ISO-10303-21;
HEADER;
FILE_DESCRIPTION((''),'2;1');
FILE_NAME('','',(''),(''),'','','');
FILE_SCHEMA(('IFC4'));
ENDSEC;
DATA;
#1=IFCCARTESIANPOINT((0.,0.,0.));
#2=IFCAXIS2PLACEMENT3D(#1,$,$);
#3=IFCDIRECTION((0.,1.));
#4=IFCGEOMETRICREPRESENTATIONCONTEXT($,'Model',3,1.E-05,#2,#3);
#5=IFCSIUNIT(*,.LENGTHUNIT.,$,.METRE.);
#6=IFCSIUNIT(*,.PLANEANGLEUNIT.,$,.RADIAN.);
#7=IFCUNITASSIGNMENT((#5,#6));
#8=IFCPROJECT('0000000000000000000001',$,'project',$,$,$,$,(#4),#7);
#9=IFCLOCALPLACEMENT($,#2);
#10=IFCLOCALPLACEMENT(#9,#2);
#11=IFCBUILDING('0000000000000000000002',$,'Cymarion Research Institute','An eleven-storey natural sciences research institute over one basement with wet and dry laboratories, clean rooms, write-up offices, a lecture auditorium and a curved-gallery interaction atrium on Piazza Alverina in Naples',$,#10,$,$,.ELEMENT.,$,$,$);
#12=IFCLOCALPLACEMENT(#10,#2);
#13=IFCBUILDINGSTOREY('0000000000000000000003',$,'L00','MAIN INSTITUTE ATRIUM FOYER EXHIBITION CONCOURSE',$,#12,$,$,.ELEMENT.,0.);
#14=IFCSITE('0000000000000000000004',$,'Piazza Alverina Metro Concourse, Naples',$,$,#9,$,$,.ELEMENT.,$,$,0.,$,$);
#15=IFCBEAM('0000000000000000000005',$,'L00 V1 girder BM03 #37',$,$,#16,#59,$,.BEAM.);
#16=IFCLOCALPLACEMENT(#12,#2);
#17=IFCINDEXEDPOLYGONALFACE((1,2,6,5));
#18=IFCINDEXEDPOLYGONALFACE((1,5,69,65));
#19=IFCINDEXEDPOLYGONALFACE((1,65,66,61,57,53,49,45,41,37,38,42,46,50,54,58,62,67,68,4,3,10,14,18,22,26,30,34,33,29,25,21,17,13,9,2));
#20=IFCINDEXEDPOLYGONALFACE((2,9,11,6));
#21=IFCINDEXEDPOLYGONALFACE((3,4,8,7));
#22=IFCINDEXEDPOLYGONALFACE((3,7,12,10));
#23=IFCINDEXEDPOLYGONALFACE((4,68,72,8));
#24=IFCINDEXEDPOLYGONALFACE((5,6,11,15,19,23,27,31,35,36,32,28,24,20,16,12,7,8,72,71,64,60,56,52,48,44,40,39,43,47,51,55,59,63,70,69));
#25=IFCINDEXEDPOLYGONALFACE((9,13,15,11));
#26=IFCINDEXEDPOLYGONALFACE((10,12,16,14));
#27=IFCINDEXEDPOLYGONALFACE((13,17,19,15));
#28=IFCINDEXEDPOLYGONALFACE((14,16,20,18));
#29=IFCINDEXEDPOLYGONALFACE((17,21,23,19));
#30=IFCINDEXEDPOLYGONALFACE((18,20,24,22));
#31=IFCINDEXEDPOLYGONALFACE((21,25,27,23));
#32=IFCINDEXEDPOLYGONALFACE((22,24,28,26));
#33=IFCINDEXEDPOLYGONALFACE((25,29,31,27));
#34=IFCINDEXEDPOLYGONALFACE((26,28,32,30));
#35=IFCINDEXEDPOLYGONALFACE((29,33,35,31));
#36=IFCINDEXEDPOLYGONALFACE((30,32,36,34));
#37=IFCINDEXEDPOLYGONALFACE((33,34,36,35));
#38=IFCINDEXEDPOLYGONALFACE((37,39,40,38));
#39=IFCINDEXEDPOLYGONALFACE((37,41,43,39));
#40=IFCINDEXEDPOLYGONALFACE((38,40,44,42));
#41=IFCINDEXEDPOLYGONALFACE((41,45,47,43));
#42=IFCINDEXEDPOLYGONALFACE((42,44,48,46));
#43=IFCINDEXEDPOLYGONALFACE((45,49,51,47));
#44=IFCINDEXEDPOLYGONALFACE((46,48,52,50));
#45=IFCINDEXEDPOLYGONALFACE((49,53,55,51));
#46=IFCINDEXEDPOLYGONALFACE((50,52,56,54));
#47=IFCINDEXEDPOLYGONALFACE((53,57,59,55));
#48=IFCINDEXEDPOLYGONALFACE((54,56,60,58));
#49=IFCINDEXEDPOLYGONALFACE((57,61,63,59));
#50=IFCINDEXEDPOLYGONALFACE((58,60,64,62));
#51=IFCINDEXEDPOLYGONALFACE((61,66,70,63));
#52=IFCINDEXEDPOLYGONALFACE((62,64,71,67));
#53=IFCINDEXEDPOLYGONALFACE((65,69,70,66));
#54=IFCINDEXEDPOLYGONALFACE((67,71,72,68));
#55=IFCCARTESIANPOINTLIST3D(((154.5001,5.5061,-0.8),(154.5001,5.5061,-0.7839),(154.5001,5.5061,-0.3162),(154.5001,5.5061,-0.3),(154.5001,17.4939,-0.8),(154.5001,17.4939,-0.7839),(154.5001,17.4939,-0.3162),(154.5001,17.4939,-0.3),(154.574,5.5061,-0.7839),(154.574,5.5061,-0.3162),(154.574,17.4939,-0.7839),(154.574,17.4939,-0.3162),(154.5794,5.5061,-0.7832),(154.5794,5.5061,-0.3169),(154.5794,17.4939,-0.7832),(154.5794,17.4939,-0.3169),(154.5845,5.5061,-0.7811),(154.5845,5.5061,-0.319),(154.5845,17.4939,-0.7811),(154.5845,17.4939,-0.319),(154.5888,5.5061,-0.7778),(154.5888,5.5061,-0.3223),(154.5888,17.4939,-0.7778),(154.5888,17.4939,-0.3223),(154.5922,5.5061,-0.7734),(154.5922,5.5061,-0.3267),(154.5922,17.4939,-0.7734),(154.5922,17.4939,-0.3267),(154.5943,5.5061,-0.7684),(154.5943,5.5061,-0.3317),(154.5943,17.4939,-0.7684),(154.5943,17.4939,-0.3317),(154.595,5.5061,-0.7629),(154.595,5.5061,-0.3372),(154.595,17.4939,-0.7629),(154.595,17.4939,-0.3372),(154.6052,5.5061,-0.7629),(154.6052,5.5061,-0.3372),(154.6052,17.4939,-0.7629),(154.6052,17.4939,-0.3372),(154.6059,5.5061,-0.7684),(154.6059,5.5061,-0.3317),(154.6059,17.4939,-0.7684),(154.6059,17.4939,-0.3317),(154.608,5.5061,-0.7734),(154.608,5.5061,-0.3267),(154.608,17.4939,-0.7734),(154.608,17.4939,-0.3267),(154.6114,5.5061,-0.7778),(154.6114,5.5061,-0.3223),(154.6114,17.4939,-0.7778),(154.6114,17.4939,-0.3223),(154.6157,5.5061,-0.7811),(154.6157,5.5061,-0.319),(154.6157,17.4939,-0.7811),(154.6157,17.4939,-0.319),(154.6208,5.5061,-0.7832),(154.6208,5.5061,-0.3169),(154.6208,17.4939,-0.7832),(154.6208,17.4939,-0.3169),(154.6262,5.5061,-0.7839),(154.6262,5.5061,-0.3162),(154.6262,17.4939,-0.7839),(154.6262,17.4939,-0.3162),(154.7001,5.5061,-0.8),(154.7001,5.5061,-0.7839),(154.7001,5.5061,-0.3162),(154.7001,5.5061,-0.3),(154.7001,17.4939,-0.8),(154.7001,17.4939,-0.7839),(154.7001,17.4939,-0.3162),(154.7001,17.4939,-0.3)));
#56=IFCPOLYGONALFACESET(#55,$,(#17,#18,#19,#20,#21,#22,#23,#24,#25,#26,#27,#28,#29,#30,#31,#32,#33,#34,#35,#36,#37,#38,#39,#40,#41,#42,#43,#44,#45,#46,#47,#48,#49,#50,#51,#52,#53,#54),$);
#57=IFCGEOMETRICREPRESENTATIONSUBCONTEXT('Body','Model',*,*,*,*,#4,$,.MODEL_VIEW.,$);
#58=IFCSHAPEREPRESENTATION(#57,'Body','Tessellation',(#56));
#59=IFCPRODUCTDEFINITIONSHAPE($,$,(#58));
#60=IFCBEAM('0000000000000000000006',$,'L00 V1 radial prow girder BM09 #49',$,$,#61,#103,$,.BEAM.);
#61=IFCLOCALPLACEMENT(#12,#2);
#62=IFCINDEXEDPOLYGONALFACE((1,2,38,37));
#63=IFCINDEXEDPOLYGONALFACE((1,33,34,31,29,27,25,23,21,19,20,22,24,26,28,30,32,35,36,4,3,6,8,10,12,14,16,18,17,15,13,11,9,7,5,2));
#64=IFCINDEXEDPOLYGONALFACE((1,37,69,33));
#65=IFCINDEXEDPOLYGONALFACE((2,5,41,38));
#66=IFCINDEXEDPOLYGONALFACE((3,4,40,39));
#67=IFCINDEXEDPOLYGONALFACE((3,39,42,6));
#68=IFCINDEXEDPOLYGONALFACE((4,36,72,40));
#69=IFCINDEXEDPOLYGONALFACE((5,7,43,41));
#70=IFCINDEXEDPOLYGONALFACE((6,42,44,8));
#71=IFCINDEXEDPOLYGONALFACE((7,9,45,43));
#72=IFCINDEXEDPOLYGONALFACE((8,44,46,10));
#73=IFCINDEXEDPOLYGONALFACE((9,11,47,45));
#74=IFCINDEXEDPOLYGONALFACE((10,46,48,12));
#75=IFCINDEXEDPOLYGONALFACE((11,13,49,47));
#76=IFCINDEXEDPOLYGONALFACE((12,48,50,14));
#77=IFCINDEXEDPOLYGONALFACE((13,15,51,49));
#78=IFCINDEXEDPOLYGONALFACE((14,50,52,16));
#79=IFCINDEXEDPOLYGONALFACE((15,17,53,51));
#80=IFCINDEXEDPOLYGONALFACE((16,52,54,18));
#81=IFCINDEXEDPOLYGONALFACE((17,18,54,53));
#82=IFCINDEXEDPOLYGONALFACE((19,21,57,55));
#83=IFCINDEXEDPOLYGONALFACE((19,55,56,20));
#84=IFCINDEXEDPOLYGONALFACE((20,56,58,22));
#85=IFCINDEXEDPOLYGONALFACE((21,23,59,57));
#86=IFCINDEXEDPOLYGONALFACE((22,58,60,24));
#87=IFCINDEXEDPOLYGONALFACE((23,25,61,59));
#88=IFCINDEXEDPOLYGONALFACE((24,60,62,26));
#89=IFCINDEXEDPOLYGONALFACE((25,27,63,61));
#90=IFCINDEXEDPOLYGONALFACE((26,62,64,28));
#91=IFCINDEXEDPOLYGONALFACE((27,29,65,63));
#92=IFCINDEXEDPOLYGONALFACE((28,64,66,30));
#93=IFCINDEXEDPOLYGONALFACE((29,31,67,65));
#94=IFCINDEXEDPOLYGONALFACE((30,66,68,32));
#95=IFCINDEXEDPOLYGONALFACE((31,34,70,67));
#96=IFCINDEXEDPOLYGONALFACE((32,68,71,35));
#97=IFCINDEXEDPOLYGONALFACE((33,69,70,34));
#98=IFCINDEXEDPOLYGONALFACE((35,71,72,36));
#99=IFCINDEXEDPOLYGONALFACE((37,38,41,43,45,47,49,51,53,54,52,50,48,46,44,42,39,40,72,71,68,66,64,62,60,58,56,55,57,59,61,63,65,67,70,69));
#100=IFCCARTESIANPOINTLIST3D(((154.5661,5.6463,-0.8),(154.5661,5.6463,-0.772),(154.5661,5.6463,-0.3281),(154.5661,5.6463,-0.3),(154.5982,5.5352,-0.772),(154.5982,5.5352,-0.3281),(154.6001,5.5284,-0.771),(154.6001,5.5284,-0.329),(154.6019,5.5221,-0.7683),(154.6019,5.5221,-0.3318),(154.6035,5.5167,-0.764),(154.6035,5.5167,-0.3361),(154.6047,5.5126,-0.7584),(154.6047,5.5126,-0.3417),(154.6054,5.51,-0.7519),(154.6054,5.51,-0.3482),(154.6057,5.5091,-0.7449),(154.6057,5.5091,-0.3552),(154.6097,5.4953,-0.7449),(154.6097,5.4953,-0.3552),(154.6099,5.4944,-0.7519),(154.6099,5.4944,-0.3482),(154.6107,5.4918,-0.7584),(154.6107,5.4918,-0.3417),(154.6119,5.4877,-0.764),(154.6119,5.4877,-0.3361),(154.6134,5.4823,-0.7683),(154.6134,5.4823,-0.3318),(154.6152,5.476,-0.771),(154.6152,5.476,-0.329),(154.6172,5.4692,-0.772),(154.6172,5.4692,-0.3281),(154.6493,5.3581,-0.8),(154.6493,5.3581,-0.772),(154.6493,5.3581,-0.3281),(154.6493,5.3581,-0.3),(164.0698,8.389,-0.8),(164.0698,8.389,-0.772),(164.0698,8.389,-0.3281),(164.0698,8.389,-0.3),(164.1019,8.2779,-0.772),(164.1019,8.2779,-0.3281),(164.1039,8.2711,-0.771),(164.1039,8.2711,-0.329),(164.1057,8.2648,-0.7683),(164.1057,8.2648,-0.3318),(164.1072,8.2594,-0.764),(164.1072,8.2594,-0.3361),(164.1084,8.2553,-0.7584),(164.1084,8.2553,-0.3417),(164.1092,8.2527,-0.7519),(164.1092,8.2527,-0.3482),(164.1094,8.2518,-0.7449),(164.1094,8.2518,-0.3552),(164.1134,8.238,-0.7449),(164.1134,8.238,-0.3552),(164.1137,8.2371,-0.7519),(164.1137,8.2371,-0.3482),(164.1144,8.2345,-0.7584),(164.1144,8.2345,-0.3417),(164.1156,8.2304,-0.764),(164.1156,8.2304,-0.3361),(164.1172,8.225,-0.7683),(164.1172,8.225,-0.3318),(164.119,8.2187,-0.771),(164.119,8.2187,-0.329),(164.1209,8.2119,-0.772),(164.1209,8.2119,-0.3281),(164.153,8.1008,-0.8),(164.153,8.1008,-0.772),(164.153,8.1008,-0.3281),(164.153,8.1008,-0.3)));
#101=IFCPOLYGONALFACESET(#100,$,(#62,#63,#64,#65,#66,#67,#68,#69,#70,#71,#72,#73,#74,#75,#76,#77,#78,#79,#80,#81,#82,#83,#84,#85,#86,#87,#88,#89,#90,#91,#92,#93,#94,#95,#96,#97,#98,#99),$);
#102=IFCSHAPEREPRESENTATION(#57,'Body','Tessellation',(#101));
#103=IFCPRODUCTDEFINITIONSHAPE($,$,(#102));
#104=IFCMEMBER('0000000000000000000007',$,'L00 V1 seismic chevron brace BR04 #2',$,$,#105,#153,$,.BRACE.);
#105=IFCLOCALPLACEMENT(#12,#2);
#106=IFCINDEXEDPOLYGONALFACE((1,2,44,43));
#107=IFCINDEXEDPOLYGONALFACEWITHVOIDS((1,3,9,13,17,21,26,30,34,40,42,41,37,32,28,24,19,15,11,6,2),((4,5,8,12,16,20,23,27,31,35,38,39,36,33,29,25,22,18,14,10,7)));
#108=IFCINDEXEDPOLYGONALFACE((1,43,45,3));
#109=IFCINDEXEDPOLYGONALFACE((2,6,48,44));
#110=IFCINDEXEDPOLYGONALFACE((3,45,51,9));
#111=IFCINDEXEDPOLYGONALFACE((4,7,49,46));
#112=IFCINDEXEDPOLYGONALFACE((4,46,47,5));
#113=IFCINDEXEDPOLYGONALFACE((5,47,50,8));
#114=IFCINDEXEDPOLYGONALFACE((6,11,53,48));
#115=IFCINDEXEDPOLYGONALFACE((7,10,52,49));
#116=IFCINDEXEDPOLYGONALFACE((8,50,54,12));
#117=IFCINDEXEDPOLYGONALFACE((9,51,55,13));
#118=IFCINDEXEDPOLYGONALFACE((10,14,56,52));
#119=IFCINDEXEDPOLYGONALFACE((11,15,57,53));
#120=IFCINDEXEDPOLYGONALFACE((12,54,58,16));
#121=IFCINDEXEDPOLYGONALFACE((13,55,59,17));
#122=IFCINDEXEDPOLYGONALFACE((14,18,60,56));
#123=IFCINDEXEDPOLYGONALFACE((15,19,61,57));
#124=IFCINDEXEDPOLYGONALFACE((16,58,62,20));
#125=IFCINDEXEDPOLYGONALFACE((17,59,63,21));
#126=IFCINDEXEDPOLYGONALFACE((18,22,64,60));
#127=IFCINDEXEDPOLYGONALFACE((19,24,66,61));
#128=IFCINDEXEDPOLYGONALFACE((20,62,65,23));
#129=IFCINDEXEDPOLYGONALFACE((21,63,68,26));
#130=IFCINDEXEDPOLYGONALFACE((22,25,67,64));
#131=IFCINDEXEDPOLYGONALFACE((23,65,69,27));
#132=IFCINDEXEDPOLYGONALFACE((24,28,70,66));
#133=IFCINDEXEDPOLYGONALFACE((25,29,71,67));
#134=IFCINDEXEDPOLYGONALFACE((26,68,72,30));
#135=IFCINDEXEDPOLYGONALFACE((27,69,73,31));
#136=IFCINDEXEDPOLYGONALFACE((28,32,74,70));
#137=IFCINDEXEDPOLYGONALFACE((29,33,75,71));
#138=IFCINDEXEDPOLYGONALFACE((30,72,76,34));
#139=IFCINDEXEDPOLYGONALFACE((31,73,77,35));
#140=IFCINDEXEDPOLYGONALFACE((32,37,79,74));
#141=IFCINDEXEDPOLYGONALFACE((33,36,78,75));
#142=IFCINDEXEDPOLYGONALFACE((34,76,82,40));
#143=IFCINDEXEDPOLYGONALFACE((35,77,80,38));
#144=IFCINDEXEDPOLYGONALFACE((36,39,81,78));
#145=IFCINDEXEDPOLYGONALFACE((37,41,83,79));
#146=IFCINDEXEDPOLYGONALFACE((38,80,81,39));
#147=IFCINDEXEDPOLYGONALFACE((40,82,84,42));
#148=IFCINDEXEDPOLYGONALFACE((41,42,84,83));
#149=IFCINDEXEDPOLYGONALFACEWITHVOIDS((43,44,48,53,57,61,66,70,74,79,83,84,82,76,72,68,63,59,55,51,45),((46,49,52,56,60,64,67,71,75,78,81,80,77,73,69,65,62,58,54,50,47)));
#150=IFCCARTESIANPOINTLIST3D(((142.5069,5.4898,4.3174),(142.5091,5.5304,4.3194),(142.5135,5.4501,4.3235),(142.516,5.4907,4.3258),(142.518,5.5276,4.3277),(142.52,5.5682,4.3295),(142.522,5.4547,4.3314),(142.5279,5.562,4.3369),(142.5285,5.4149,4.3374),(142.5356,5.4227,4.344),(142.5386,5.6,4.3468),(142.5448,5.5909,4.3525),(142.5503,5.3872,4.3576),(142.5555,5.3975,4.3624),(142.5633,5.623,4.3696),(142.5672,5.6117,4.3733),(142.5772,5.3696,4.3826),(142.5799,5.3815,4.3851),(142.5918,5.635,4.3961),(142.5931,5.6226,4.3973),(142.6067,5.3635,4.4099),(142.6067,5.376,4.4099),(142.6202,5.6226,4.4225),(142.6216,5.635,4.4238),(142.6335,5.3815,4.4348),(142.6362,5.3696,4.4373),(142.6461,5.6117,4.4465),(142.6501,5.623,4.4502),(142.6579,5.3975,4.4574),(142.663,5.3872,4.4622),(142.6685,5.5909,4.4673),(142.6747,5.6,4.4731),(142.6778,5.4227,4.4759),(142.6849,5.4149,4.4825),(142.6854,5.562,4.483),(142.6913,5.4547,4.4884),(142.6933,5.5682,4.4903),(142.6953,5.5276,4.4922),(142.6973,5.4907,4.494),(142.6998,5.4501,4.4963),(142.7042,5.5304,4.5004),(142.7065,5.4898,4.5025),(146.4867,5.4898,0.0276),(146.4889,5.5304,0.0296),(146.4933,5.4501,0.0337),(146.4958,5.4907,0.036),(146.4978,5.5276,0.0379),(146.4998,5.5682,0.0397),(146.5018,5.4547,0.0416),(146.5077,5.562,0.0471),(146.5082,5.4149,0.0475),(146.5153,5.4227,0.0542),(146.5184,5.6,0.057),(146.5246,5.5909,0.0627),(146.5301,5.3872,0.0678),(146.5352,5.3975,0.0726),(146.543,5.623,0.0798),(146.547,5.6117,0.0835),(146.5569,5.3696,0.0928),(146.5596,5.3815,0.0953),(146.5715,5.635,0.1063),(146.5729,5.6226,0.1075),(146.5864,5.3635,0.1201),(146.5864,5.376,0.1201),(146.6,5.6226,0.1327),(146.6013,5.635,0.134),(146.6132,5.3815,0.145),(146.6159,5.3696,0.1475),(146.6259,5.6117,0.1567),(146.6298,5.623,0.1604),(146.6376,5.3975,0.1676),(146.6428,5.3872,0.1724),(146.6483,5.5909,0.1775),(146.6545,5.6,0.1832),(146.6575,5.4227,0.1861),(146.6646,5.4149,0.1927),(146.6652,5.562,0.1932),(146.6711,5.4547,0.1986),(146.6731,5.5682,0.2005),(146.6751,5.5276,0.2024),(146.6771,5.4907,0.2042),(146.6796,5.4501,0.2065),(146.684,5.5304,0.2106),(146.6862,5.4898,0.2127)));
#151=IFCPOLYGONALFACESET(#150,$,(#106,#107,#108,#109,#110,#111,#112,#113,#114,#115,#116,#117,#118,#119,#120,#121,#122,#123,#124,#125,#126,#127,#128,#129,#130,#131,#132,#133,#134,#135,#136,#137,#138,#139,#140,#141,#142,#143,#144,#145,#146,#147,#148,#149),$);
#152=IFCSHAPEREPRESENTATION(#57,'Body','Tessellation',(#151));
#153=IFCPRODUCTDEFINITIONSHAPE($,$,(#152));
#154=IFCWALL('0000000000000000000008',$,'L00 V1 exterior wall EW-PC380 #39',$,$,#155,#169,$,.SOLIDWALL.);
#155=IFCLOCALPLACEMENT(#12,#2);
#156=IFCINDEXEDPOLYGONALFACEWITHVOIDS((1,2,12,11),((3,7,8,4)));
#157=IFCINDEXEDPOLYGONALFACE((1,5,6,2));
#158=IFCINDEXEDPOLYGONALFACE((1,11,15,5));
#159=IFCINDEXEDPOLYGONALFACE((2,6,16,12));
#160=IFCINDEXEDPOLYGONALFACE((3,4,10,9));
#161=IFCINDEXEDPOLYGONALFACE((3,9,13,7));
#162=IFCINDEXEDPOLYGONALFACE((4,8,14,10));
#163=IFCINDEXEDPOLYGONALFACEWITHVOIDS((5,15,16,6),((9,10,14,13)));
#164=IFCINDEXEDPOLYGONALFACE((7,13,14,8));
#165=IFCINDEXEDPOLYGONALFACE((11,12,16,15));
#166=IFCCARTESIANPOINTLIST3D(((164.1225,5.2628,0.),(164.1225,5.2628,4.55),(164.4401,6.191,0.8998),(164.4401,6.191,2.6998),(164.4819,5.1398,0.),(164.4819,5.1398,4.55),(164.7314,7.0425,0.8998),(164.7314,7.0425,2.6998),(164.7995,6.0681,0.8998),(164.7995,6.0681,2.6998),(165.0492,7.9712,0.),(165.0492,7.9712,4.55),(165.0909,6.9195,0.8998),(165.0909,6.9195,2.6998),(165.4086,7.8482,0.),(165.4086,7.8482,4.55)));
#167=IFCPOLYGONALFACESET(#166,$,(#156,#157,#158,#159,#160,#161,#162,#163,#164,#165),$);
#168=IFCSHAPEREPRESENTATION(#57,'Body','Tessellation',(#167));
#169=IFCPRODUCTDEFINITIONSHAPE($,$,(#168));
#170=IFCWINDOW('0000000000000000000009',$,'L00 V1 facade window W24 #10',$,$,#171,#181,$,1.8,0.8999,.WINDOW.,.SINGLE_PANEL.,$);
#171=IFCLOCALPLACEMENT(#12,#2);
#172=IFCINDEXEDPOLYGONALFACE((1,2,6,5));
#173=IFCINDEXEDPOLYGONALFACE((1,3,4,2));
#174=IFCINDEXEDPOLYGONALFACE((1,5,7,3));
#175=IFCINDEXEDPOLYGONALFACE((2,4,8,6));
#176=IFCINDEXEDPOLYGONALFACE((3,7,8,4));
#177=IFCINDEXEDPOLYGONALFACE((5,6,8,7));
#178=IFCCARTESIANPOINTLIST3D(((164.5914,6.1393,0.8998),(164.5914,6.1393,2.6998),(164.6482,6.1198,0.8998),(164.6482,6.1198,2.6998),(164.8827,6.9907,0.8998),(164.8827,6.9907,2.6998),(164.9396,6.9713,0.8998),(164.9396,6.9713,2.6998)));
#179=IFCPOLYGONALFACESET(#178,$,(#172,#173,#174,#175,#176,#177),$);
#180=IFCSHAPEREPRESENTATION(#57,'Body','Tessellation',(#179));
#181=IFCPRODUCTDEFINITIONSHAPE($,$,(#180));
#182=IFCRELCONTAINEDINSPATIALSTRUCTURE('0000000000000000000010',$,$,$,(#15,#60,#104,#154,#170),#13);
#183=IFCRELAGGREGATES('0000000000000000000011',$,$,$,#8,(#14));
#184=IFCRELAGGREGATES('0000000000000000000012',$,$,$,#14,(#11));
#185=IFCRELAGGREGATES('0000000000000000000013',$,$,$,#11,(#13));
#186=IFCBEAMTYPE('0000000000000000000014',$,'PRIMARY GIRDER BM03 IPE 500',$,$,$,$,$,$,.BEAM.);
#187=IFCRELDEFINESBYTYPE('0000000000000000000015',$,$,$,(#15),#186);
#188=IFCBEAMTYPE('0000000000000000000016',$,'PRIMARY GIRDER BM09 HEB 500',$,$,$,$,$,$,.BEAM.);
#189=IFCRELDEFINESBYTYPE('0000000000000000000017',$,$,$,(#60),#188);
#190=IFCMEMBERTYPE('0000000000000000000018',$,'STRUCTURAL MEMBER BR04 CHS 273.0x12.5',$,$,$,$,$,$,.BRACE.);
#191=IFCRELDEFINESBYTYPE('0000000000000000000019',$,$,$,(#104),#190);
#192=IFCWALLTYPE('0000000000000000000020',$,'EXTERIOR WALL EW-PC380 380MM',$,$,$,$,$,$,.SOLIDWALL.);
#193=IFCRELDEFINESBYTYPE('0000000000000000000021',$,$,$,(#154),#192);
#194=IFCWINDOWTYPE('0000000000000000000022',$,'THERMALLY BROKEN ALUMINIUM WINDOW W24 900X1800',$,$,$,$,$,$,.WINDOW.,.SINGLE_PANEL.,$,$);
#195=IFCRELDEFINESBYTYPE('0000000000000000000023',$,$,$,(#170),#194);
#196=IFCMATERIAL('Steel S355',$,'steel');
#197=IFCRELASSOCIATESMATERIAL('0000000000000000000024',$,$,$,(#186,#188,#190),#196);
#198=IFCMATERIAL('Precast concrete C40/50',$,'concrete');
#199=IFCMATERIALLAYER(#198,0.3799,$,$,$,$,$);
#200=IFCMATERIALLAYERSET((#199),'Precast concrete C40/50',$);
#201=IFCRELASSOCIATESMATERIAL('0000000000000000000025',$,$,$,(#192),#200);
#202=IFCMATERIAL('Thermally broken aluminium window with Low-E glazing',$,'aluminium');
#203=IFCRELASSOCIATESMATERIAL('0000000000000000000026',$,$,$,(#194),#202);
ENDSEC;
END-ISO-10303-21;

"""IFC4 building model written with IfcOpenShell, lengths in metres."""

from ifc_helpers import new_model, si_unit, direction, frame, frame_2d, origin, origin_2d, place, context, subcontext, project, spatial, rectangle, hollow_circle, i_section, extrude, material, layer, layer_set, material_profile, profile_set, type_object, element, fill, save


model = new_model("IFC4")

# Units and contexts
model_context = context("Model", 3, precision=1e-05, world=origin(), true_north=direction((0.0, 1.0)))
body_context = subcontext(model_context, "Body", "Model", "MODEL_VIEW")
ifc_project = project(units=[si_unit("LENGTHUNIT", "METRE"), si_unit("PLANEANGLEUNIT", "RADIAN")], contexts=[model_context])

# Site, building, storey
site_placement = place(None, origin())
site = spatial("IfcSite", under=ifc_project, at=site_placement, Name="Piazza Alverina Metro Concourse, Naples", CompositionType="ELEMENT", RefElevation=0.0)
building_placement = place(site_placement, origin())
building = spatial("IfcBuilding", under=site, at=building_placement, Name="Cymarion Research Institute", Description="An eleven-storey natural sciences research institute over one basement with wet and dry laboratories, clean rooms, write-up offices, a lecture auditorium and a curved-gallery interaction atrium on Piazza Alverina in Naples", CompositionType="ELEMENT")
storey_placement = place(building_placement, origin())
storey = spatial("IfcBuildingStorey", under=building, at=storey_placement, Name="L00", Description="MAIN INSTITUTE ATRIUM FOYER EXHIBITION CONCOURSE", CompositionType="ELEMENT", Elevation=0.0)

# Shared definitions
ifc_material_1 = material(Name="Steel S355", Category="steel")

# Beams
ifc_material_profile_1 = material_profile(ifc_material_1, i_section(OverallWidth=0.2, OverallDepth=0.5, WebThickness=0.0103, FlangeThickness=0.0161, FilletRadius=0.021, at=origin_2d()), Name="IPE 500")
ifc_profile_set_1 = profile_set([ifc_material_profile_1], Name="Steel S355")
beam_type_1 = type_object("IfcBeamType", Name="PRIMARY GIRDER BM03 IPE 500", PredefinedType="BEAM", material=ifc_profile_set_1)
for number, where, z_axis, x_axis, name in (
    (1, (154.6001, 5.5061, -0.55), (0.0, 1.0, 0.0), (-1.0, 0.0, 0.0), "L00 V1 girder BM03 #37"),
):
    element("IfcBeam", number, at=place(storey_placement, frame(where, z_axis=z_axis, x_axis=x_axis)), inside=storey, type_object=beam_type_1, Name=name, PredefinedType="BEAM", context=body_context, shape_type="SweptSolid", body=[
        extrude(i_section(OverallWidth=0.2, OverallDepth=0.5, WebThickness=0.0103, FlangeThickness=0.0161, FilletRadius=0.021, at=origin_2d()), origin(), (0.0, 0.0, 1.0), 11.9878),
    ])
ifc_material_profile_2 = material_profile(ifc_material_1, i_section(OverallWidth=0.3, OverallDepth=0.5, WebThickness=0.0144, FlangeThickness=0.0281, FilletRadius=0.0271, at=origin_2d()), Name="HEB 500")
ifc_profile_set_2 = profile_set([ifc_material_profile_2], Name="Steel S355")
beam_type_2 = type_object("IfcBeamType", Name="PRIMARY GIRDER BM09 HEB 500", PredefinedType="BEAM", material=ifc_profile_set_2)
beam_1_placement = place(storey_placement, frame((154.6077, 5.5022, -0.55), z_axis=(0.96079, 0.277276, 0.0), x_axis=(-0.277276, 0.96079, 0.0)))
element("IfcBeam", 2, at=beam_1_placement, inside=storey, type_object=beam_type_2, Name="L00 V1 radial prow girder BM09 #49", PredefinedType="BEAM", context=body_context, shape_type="SweptSolid", body=[
    extrude(i_section(OverallWidth=0.3, OverallDepth=0.5, WebThickness=0.0144, FlangeThickness=0.0281, FilletRadius=0.0271, at=origin_2d()), origin(), (0.0, 0.0, 1.0), 9.8916),
])

# Member
ifc_material_profile_3 = material_profile(ifc_material_1, hollow_circle(Radius=0.1365, WallThickness=0.0125, at=origin_2d()), Name="CHS 273.0x12.5")
ifc_profile_set_3 = profile_set([ifc_material_profile_3], Name="Steel S355")
member_type = type_object("IfcMemberType", Name="STRUCTURAL MEMBER BR04 CHS 273.0x12.5", PredefinedType="BRACE", material=ifc_profile_set_3)
member_placement = place(storey_placement, frame((146.5864, 5.5, 0.1201), z_axis=(-0.680117, 0.0, 0.733104), x_axis=(0.0, -1.0, 0.0)))
element("IfcMember", 3, at=member_placement, inside=storey, type_object=member_type, Name="L00 V1 seismic chevron brace BR04 #2", PredefinedType="BRACE", context=body_context, shape_type="SweptSolid", body=[
    extrude(hollow_circle(Radius=0.1365, WallThickness=0.0125, at=origin_2d()), origin(), (0.0, 0.0, 1.0), 5.8516),
])

# Wall, opening, window
ifc_material_2 = material(Name="Precast concrete C40/50", Category="concrete")
ifc_layer_1 = layer(ifc_material_2, 0.3799)
ifc_layer_set_1 = layer_set([ifc_layer_1], Name="Precast concrete C40/50")
wall_type_1 = type_object("IfcWallType", Name="EXTERIOR WALL EW-PC380 380MM", PredefinedType="SOLIDWALL", material=ifc_layer_set_1)
wall_1_placement = place(storey_placement, frame((164.3022, 5.2014, 0.0), z_axis=(0.0, 0.0, 1.0), x_axis=(0.32374, 0.946146, 0.0)))
wall_1 = element("IfcWall", 4, at=wall_1_placement, inside=storey, type_object=wall_type_1, Name="L00 V1 exterior wall EW-PC380 #39", PredefinedType="SOLIDWALL", context=body_context, shape_type="SweptSolid", body=[
    extrude(rectangle(XDim=2.8625, YDim=0.3799, at=frame_2d((1.4312, 0.0))), origin(), (0.0, 0.0, 1.0), 4.55),
])
opening_1_placement = place(wall_1_placement, frame((0.981, 0.0, 0.8999)))
opening_1 = element("IfcOpeningElement", 5, at=opening_1_placement, cuts=wall_1, PredefinedType="OPENING", context=body_context, shape_type="SweptSolid", body=[
    extrude(rectangle(XDim=0.8999, YDim=1.8, at=frame_2d((0.45, 0.8999))), frame((0.0, 0.2, 0.0), z_axis=(0.0, -1.0, 0.0), x_axis=(1.0, 0.0, 0.0)), (0.0, 0.0, 1.0), 0.3999),
])
ifc_material_3 = material(Name="Thermally broken aluminium window with Low-E glazing", Category="aluminium")
window_type = type_object("IfcWindowType", Name="THERMALLY BROKEN ALUMINIUM WINDOW W24 900X1800", PartitioningType="SINGLE_PANEL", PredefinedType="WINDOW", material=ifc_material_3)
window_placement = place(opening_1_placement, origin())
window = element("IfcWindow", 6, at=window_placement, inside=storey, type_object=window_type, Name="L00 V1 facade window W24 #10", OverallHeight=1.8, OverallWidth=0.8999, PartitioningType="SINGLE_PANEL", PredefinedType="WINDOW", context=body_context, shape_type="SweptSolid", body=[
    extrude(rectangle(XDim=0.8999, YDim=1.8, at=frame_2d((0.45, 0.8999))), frame((0.0, 0.03, 0.0), z_axis=(0.0, -1.0, 0.0), x_axis=(1.0, 0.0, 0.0)), (0.0, 0.0, 1.0), 0.0601),
])
fill(opening_1, window)

save(model, "model.ifc")
